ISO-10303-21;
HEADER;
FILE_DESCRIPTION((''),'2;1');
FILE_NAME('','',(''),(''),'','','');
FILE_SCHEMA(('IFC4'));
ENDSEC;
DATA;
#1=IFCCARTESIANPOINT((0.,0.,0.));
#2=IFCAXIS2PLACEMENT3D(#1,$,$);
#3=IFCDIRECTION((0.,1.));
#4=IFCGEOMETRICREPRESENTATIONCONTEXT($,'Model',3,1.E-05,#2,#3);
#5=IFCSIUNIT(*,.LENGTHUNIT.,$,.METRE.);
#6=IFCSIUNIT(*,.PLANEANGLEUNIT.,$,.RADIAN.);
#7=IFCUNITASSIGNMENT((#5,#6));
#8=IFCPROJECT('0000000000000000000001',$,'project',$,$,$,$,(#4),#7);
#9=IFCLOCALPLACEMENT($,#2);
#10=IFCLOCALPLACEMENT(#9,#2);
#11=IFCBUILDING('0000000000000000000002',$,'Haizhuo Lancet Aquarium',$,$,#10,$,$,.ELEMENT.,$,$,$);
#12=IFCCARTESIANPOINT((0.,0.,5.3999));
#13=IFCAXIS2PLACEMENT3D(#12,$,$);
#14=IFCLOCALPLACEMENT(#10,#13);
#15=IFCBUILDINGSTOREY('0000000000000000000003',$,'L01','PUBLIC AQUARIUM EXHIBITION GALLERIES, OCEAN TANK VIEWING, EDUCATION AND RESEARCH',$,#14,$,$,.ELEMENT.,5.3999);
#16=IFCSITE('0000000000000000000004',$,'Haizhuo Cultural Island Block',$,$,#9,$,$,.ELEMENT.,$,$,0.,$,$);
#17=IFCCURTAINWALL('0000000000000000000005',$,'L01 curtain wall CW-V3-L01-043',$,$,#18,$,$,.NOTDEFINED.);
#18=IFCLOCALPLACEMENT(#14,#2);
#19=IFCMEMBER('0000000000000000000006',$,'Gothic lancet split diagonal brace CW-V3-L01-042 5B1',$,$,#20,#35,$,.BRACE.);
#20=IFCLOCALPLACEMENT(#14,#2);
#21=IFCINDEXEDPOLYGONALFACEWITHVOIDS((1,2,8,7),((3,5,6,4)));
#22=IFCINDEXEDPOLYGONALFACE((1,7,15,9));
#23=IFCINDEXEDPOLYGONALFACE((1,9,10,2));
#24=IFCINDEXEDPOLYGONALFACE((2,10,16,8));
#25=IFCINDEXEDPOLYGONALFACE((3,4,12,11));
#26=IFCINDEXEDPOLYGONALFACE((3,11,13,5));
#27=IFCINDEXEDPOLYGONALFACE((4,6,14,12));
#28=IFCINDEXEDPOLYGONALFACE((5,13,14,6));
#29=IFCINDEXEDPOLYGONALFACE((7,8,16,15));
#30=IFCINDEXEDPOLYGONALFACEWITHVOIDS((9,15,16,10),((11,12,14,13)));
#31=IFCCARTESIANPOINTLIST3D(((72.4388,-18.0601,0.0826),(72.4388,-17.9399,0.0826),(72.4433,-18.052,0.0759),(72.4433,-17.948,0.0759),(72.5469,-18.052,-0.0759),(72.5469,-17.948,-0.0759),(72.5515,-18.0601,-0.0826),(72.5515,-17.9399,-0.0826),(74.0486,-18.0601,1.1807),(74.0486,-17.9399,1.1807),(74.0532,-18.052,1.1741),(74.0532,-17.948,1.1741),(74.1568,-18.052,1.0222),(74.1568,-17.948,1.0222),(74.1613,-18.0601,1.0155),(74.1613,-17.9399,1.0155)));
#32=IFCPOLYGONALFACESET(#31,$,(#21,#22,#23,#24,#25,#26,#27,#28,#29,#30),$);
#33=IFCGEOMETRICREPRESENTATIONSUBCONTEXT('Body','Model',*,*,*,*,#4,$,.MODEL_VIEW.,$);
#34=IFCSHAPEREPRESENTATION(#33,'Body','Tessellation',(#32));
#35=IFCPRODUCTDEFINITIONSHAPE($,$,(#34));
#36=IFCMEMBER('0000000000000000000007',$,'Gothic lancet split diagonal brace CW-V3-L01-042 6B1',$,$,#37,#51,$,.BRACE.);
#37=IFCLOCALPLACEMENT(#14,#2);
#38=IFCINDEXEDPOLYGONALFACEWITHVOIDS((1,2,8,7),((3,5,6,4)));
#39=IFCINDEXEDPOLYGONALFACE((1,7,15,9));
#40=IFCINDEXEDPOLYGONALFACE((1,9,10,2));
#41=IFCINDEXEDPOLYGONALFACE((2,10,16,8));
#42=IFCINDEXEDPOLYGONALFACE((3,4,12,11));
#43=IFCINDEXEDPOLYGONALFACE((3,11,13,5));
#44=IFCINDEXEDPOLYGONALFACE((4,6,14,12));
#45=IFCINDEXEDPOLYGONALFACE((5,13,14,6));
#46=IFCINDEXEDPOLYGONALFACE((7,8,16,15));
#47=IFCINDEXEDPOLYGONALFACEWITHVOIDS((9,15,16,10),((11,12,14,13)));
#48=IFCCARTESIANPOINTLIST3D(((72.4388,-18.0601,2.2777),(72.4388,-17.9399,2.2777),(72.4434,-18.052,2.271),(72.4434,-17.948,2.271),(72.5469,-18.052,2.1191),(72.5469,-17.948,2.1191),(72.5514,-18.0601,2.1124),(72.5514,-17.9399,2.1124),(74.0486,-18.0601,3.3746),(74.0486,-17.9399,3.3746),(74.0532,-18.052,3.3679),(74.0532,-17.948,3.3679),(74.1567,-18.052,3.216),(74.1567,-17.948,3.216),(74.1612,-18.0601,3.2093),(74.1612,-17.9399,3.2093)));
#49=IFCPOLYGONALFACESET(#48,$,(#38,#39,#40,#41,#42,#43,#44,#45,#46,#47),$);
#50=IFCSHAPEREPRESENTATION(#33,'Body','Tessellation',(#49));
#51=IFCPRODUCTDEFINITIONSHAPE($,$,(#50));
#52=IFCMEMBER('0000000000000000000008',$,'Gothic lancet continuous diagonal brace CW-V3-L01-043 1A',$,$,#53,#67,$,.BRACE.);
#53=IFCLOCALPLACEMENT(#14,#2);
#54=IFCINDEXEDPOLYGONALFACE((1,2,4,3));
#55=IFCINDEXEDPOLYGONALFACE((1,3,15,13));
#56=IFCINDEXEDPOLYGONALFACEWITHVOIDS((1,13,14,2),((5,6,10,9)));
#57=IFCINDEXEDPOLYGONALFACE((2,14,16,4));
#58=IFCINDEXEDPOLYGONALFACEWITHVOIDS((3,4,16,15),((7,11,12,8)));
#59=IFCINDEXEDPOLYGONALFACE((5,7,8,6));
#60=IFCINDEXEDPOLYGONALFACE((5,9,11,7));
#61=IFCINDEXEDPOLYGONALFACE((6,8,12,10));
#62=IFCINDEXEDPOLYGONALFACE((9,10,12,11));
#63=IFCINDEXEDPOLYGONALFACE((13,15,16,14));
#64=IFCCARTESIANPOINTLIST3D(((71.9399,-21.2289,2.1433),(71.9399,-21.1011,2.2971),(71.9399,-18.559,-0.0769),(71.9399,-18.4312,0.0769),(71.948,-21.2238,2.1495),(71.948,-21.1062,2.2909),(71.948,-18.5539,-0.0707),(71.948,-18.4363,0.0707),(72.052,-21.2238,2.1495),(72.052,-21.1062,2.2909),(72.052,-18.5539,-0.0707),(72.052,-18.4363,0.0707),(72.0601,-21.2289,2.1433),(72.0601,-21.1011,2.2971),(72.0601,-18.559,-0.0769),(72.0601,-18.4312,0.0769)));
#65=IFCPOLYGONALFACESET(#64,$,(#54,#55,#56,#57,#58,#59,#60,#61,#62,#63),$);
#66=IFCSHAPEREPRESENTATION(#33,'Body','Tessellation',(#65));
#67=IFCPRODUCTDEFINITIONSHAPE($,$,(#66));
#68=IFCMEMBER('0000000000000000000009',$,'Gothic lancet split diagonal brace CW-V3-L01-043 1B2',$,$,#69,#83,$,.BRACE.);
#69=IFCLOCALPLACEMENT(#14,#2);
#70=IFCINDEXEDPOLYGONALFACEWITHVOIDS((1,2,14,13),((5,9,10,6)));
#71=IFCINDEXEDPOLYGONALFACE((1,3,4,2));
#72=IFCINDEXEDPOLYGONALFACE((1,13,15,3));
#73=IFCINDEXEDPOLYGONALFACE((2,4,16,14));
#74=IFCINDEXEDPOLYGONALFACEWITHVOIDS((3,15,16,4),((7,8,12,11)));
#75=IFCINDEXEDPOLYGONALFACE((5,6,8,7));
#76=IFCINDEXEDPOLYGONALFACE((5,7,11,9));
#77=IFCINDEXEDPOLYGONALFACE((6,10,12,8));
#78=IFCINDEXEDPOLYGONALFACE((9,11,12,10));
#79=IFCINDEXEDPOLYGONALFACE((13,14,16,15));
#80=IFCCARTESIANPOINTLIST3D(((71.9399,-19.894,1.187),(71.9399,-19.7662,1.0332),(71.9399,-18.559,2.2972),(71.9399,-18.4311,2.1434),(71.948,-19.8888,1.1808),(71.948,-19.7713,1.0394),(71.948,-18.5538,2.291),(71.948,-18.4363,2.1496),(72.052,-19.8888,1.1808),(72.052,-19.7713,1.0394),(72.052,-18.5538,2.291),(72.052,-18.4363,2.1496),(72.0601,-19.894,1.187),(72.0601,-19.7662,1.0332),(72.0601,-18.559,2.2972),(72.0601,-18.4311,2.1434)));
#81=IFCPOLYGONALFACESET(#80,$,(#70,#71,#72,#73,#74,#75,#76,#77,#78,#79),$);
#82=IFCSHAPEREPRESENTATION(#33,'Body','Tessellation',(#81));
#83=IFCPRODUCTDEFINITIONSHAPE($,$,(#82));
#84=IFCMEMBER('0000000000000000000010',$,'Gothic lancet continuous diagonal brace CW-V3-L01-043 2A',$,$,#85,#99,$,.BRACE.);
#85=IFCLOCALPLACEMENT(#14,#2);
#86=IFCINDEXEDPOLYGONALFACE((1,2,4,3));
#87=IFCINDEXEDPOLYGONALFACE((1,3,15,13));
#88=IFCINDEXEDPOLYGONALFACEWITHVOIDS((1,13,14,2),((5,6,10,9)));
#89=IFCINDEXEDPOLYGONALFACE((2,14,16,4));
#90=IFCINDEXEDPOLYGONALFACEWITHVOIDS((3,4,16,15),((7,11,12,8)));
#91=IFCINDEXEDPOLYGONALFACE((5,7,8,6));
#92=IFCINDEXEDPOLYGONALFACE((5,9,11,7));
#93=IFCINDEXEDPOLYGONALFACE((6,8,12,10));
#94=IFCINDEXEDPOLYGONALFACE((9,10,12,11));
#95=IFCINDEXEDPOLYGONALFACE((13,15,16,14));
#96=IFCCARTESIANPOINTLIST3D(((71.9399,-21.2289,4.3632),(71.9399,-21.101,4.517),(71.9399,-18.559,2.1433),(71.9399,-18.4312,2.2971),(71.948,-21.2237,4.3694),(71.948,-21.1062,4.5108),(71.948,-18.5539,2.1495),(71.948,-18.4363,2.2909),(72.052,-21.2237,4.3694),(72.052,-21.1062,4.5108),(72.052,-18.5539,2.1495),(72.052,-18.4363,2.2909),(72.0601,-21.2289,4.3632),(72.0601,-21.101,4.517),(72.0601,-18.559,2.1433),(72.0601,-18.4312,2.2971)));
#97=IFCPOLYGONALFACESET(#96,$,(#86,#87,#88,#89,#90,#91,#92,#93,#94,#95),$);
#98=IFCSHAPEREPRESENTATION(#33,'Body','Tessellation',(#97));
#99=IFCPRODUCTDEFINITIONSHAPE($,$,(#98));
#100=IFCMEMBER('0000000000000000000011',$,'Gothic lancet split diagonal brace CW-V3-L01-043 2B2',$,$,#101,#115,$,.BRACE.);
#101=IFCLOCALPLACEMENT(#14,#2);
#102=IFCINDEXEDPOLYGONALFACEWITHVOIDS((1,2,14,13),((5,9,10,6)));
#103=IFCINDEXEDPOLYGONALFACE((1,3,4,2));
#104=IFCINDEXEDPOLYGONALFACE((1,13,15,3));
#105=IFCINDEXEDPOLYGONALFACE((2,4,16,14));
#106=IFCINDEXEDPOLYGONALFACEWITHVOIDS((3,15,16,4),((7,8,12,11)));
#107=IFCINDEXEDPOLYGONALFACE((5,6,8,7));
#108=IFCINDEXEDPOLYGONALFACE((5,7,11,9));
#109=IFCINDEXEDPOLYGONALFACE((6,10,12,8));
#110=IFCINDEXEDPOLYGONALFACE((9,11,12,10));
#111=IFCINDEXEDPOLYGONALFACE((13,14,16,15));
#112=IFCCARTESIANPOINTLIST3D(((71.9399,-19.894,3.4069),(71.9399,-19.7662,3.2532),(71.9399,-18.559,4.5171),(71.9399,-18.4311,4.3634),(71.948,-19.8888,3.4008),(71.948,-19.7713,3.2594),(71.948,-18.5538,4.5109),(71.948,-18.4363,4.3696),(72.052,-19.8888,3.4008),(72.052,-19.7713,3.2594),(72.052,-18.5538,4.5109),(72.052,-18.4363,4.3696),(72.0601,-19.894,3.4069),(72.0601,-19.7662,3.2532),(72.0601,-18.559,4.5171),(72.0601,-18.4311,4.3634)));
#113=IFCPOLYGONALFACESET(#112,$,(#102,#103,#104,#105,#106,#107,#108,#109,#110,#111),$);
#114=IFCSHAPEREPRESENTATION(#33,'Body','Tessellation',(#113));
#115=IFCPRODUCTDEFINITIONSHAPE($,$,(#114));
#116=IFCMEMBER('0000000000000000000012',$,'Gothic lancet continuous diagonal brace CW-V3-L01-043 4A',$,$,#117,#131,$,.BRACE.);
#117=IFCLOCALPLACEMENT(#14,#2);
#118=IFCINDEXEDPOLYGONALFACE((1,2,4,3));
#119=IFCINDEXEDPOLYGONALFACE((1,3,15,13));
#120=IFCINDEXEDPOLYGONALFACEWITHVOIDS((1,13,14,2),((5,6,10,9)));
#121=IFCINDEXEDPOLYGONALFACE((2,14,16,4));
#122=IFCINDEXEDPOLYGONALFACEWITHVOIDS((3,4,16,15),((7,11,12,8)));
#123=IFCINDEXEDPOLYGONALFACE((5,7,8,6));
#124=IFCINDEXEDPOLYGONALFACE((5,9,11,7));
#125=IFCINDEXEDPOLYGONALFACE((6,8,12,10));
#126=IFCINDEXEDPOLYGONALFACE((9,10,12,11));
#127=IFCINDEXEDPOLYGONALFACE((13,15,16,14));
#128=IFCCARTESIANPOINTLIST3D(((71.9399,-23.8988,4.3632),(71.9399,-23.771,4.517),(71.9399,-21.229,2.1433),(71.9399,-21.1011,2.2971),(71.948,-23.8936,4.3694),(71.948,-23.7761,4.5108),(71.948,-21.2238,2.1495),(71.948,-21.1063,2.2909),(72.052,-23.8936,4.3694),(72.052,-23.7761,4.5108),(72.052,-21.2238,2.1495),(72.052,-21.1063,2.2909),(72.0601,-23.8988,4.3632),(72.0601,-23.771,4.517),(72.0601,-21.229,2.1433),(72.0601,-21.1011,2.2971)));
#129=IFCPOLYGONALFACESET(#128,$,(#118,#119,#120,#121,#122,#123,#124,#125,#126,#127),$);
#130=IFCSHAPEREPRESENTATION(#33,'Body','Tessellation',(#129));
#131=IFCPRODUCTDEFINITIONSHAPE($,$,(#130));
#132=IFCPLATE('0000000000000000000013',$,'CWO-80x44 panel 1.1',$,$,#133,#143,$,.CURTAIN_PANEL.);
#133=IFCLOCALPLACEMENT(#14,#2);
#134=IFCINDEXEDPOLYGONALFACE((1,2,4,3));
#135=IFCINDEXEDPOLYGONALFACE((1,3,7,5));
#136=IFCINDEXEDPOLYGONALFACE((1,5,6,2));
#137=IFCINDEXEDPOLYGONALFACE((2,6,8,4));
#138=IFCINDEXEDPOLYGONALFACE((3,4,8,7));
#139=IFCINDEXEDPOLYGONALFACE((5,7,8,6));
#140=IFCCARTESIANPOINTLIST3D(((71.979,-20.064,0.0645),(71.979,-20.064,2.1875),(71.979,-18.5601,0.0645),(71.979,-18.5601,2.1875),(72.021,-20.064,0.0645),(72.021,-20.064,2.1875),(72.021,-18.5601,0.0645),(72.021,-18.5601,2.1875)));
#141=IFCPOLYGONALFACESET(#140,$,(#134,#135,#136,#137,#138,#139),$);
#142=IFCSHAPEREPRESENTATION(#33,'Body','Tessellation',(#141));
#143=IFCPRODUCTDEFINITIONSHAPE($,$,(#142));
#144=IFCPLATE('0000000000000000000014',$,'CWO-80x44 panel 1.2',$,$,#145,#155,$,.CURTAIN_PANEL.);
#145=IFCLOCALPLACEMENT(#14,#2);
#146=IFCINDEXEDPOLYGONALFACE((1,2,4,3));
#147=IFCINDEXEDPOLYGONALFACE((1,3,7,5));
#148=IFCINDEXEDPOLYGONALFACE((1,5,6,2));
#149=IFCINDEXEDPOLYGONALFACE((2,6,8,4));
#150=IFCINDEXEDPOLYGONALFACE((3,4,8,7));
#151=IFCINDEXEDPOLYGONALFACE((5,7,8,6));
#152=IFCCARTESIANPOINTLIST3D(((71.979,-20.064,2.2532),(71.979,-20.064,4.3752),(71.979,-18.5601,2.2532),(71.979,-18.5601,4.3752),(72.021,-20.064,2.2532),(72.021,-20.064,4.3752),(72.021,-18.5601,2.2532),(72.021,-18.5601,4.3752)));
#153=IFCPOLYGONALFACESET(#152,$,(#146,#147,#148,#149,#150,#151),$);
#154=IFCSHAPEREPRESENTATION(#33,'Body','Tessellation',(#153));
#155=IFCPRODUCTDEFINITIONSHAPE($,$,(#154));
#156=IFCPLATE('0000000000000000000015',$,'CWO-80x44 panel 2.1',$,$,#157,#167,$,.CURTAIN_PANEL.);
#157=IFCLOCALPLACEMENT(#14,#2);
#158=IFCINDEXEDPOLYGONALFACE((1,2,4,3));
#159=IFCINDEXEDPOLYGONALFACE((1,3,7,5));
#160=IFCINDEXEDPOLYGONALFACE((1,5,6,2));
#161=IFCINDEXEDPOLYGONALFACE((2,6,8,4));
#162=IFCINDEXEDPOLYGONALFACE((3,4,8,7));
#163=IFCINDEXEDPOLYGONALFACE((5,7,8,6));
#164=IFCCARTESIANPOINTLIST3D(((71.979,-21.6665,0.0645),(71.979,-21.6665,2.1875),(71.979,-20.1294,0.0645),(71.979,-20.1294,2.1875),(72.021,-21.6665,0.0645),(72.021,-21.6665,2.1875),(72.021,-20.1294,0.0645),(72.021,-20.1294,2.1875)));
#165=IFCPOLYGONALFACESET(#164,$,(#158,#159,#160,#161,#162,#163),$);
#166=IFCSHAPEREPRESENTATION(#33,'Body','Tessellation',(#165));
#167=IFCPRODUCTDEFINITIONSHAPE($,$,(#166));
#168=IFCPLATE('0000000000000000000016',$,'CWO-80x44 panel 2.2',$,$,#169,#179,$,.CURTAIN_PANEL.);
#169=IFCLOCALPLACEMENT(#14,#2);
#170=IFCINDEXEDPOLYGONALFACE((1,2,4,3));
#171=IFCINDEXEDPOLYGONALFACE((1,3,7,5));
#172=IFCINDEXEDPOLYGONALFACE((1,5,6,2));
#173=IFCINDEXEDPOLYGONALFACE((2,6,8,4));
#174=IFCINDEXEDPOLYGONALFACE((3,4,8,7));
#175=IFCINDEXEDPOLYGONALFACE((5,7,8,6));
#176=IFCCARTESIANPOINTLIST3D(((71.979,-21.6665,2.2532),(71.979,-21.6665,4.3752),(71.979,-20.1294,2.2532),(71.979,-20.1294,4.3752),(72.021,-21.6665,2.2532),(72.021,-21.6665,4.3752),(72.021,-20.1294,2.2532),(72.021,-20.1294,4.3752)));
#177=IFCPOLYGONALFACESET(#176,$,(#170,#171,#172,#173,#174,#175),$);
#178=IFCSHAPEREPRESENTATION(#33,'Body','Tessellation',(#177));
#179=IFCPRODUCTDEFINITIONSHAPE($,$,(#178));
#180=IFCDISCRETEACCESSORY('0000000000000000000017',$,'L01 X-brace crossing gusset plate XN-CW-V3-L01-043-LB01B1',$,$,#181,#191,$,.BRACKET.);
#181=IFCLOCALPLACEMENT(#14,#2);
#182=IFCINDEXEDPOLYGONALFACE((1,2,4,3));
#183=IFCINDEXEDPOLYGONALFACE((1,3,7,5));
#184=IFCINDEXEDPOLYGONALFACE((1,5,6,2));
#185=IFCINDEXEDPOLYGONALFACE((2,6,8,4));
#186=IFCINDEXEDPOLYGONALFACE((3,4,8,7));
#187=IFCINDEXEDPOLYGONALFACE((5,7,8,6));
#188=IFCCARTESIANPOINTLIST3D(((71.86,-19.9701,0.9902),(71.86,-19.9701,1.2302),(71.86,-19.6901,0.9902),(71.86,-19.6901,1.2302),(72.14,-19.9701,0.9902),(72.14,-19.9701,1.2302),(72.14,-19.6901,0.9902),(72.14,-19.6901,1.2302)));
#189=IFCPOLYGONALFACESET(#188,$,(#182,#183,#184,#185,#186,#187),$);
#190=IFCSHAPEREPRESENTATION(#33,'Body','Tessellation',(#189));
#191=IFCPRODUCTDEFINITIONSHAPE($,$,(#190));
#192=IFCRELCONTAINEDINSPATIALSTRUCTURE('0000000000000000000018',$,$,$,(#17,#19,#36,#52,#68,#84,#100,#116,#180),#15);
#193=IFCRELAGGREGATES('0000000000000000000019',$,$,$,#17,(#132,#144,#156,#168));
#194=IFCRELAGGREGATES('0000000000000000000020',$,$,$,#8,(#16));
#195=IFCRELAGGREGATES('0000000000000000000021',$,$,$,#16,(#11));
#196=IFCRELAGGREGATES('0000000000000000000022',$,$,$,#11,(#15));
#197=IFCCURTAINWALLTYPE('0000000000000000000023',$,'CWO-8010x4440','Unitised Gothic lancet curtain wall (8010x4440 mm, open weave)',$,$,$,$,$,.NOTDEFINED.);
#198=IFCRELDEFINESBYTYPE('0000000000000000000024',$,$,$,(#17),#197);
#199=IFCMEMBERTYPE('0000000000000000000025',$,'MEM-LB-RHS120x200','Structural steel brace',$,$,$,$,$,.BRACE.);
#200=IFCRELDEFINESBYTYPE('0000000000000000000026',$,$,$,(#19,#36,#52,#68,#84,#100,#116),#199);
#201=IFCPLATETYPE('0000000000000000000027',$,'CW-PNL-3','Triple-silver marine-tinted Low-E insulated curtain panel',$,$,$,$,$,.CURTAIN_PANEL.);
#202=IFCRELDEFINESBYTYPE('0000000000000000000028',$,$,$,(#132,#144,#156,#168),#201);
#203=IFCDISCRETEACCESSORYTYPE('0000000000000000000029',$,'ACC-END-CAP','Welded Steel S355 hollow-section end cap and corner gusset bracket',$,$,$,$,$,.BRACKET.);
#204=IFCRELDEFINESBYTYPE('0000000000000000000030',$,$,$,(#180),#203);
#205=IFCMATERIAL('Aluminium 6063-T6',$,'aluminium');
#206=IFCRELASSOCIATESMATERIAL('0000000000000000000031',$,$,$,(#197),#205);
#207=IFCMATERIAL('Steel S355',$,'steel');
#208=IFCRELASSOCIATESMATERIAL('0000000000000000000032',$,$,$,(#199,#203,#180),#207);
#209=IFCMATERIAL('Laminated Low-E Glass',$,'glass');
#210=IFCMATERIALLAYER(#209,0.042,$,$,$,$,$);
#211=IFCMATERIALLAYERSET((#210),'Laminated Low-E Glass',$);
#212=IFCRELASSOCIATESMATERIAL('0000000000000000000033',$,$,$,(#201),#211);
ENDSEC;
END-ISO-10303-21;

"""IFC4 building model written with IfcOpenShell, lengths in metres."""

from ifc_helpers import new_model, si_unit, direction, frame, origin, origin_2d, place, context, subcontext, project, spatial, rectangle, hollow_rectangle, extrude, material, layer, layer_set, material_profile, profile_set, type_object, element, aggregate, save


model = new_model("IFC4")

# Units and contexts
model_context = context("Model", 3, precision=1e-05, world=origin(), true_north=direction((0.0, 1.0)))
body_context = subcontext(model_context, "Body", "Model", "MODEL_VIEW")
ifc_project = project(units=[si_unit("LENGTHUNIT", "METRE"), si_unit("PLANEANGLEUNIT", "RADIAN")], contexts=[model_context])

# Site, building, storey
site_placement = place(None, origin())
site = spatial("IfcSite", under=ifc_project, at=site_placement, Name="Haizhuo Cultural Island Block", CompositionType="ELEMENT", RefElevation=0.0)
building_placement = place(site_placement, origin())
building = spatial("IfcBuilding", under=site, at=building_placement, Name="Haizhuo Lancet Aquarium", CompositionType="ELEMENT")
storey_placement = place(building_placement, frame((0.0, 0.0, 5.3999)))
storey = spatial("IfcBuildingStorey", under=building, at=storey_placement, Name="L01", Description="PUBLIC AQUARIUM EXHIBITION GALLERIES, OCEAN TANK VIEWING, EDUCATION AND RESEARCH", CompositionType="ELEMENT", Elevation=5.3999)

# Curtain wall
ifc_material_1 = material(Name="Aluminium 6063-T6", Category="aluminium")
curtain_wall_type = type_object("IfcCurtainWallType", Name="CWO-8010x4440", Description="Unitised Gothic lancet curtain wall (8010x4440 mm, open weave)", PredefinedType="NOTDEFINED", material=ifc_material_1)
curtain_wall_placement = place(storey_placement, origin())
curtain_wall = element("IfcCurtainWall", 1, at=curtain_wall_placement, inside=storey, type_object=curtain_wall_type, Name="L01 curtain wall CW-V3-L01-043", PredefinedType="NOTDEFINED")

# Members
ifc_material_2 = material(Name="Steel S355", Category="steel")
ifc_material_profile_1 = material_profile(ifc_material_2, hollow_rectangle(XDim=0.1201, YDim=0.2, WallThickness=0.0081, at=origin_2d()), Name="RHS 120x200x8")
ifc_profile_set_1 = profile_set([ifc_material_profile_1], Name="Steel S355")
member_type_1 = type_object("IfcMemberType", Name="MEM-LB-RHS120x200", Description="Structural steel brace", PredefinedType="BRACE", material=ifc_profile_set_1)
member_1_placement = place(storey_placement, frame((72.4951, -18.0, 0.0), z_axis=(0.826105, 0.0, 0.563516), x_axis=(0.0, 1.0, 0.0)))
element("IfcMember", 2, at=member_1_placement, inside=storey, type_object=member_type_1, Name="Gothic lancet split diagonal brace CW-V3-L01-042 5B1", PredefinedType="BRACE", context=body_context, shape_type="SweptSolid", body=[
    extrude(hollow_rectangle(XDim=0.1201, YDim=0.2, WallThickness=0.0081, at=origin_2d()), origin(), (0.0, 0.0, 1.0), 1.9487),
])
member_2_placement = place(storey_placement, frame((72.4951, -18.0, 2.1951), z_axis=(0.826397, 0.0, 0.563088), x_axis=(0.0, 1.0, 0.0)))
element("IfcMember", 3, at=member_2_placement, inside=storey, type_object=member_type_1, Name="Gothic lancet split diagonal brace CW-V3-L01-042 6B1", PredefinedType="BRACE", context=body_context, shape_type="SweptSolid", body=[
    extrude(hollow_rectangle(XDim=0.1201, YDim=0.2, WallThickness=0.0081, at=origin_2d()), origin(), (0.0, 0.0, 1.0), 1.948),
])
member_3_placement = place(storey_placement, frame((72.0, -18.4951, 0.0), z_axis=(0.0, -0.768889, 0.639382), x_axis=(1.0, 0.0, 0.0)))
element("IfcMember", 4, at=member_3_placement, inside=storey, type_object=member_type_1, Name="Gothic lancet continuous diagonal brace CW-V3-L01-043 1A", PredefinedType="BRACE", context=body_context, shape_type="SweptSolid", body=[
    extrude(hollow_rectangle(XDim=0.1201, YDim=0.2, WallThickness=0.0081, at=origin_2d()), origin(), (0.0, 0.0, 1.0), 3.4724),
])
member_4_placement = place(storey_placement, frame((72.0, -19.8301, 1.1101), z_axis=(0.0, 0.768889, 0.639382), x_axis=(-1.0, 0.0, 0.0)))
element("IfcMember", 5, at=member_4_placement, inside=storey, type_object=member_type_1, Name="Gothic lancet split diagonal brace CW-V3-L01-043 1B2", PredefinedType="BRACE", context=body_context, shape_type="SweptSolid", body=[
    extrude(hollow_rectangle(XDim=0.1201, YDim=0.2, WallThickness=0.0081, at=origin_2d()), origin(), (0.0, 0.0, 1.0), 1.7363),
])
member_5_placement = place(storey_placement, frame((72.0, -18.4951, 2.2202), z_axis=(0.0, -0.768924, 0.63934), x_axis=(1.0, 0.0, 0.0)))
element("IfcMember", 6, at=member_5_placement, inside=storey, type_object=member_type_1, Name="Gothic lancet continuous diagonal brace CW-V3-L01-043 2A", PredefinedType="BRACE", context=body_context, shape_type="SweptSolid", body=[
    extrude(hollow_rectangle(XDim=0.1201, YDim=0.2, WallThickness=0.0081, at=origin_2d()), origin(), (0.0, 0.0, 1.0), 3.4722),
])
member_6_placement = place(storey_placement, frame((72.0, -19.8301, 3.3301), z_axis=(0.0, 0.768889, 0.639382), x_axis=(-1.0, 0.0, 0.0)))
element("IfcMember", 7, at=member_6_placement, inside=storey, type_object=member_type_1, Name="Gothic lancet split diagonal brace CW-V3-L01-043 2B2", PredefinedType="BRACE", context=body_context, shape_type="SweptSolid", body=[
    extrude(hollow_rectangle(XDim=0.1201, YDim=0.2, WallThickness=0.0081, at=origin_2d()), origin(), (0.0, 0.0, 1.0), 1.7363),
])
member_7_placement = place(storey_placement, frame((72.0, -21.165, 2.2202), z_axis=(0.0, -0.768924, 0.63934), x_axis=(1.0, 0.0, 0.0)))
element("IfcMember", 8, at=member_7_placement, inside=storey, type_object=member_type_1, Name="Gothic lancet continuous diagonal brace CW-V3-L01-043 4A", PredefinedType="BRACE", context=body_context, shape_type="SweptSolid", body=[
    extrude(hollow_rectangle(XDim=0.1201, YDim=0.2, WallThickness=0.0081, at=origin_2d()), origin(), (0.0, 0.0, 1.0), 3.4722),
])

# Plates
ifc_material_3 = material(Name="Laminated Low-E Glass", Category="glass")
ifc_layer = layer(ifc_material_3, 0.042)
ifc_layer_set = layer_set([ifc_layer], Name="Laminated Low-E Glass")
plate_type = type_object("IfcPlateType", Name="CW-PNL-3", Description="Triple-silver marine-tinted Low-E insulated curtain panel", PredefinedType="CURTAIN_PANEL", material=ifc_layer_set)
plate_1_placement = place(storey_placement, frame((72.0, -19.312, 0.0645), z_axis=(0.0, 0.0, 1.0), x_axis=(0.0, -1.0, 0.0)))
plate_1 = element("IfcPlate", 9, at=plate_1_placement, type_object=plate_type, Name="CWO-80x44 panel 1.1", PredefinedType="CURTAIN_PANEL", context=body_context, shape_type="SweptSolid", body=[
    extrude(rectangle(XDim=1.5039, YDim=0.042, at=origin_2d()), origin(), (0.0, 0.0, 1.0), 2.123),
])
plate_2_placement = place(storey_placement, frame((72.0, -19.312, 2.2532), z_axis=(0.0, 0.0, 1.0), x_axis=(0.0, -1.0, 0.0)))
plate_2 = element("IfcPlate", 10, at=plate_2_placement, type_object=plate_type, Name="CWO-80x44 panel 1.2", PredefinedType="CURTAIN_PANEL", context=body_context, shape_type="SweptSolid", body=[
    extrude(rectangle(XDim=1.5039, YDim=0.042, at=origin_2d()), origin(), (0.0, 0.0, 1.0), 2.1221),
])
plate_3_placement = place(storey_placement, frame((72.0, -20.8979, 0.0645), z_axis=(0.0, 0.0, 1.0), x_axis=(0.0, -1.0, 0.0)))
plate_3 = element("IfcPlate", 11, at=plate_3_placement, type_object=plate_type, Name="CWO-80x44 panel 2.1", PredefinedType="CURTAIN_PANEL", context=body_context, shape_type="SweptSolid", body=[
    extrude(rectangle(XDim=1.5371, YDim=0.042, at=origin_2d()), origin(), (0.0, 0.0, 1.0), 2.123),
])
plate_4_placement = place(storey_placement, frame((72.0, -20.8979, 2.2532), z_axis=(0.0, 0.0, 1.0), x_axis=(0.0, -1.0, 0.0)))
plate_4 = element("IfcPlate", 12, at=plate_4_placement, type_object=plate_type, Name="CWO-80x44 panel 2.2", PredefinedType="CURTAIN_PANEL", context=body_context, shape_type="SweptSolid", body=[
    extrude(rectangle(XDim=1.5371, YDim=0.042, at=origin_2d()), origin(), (0.0, 0.0, 1.0), 2.1221),
])
aggregate(curtain_wall, [plate_1, plate_2, plate_3, plate_4])

# Discrete accessory
discrete_accessory_type = type_object("IfcDiscreteAccessoryType", Name="ACC-END-CAP", Description="Welded Steel S355 hollow-section end cap and corner gusset bracket", PredefinedType="BRACKET", material=ifc_material_2)
for number, where, z_axis, x_axis, name in (
    (13, (72.0, -19.8301, 0.9902), (0.0, 0.0, 1.0), (1.0, 0.0, 0.0), "L01 X-brace crossing gusset plate XN-CW-V3-L01-043-LB01B1"),
):
    element("IfcDiscreteAccessory", number, at=place(storey_placement, frame(where, z_axis=z_axis, x_axis=x_axis)), inside=storey, type_object=discrete_accessory_type, material=ifc_material_2, Name=name, PredefinedType="BRACKET", context=body_context, shape_type="SweptSolid", body=[
        extrude(rectangle(XDim=0.28, YDim=0.28, at=origin_2d()), origin(), (0.0, 0.0, 1.0), 0.24),
    ])

save(model, "model.ifc")
